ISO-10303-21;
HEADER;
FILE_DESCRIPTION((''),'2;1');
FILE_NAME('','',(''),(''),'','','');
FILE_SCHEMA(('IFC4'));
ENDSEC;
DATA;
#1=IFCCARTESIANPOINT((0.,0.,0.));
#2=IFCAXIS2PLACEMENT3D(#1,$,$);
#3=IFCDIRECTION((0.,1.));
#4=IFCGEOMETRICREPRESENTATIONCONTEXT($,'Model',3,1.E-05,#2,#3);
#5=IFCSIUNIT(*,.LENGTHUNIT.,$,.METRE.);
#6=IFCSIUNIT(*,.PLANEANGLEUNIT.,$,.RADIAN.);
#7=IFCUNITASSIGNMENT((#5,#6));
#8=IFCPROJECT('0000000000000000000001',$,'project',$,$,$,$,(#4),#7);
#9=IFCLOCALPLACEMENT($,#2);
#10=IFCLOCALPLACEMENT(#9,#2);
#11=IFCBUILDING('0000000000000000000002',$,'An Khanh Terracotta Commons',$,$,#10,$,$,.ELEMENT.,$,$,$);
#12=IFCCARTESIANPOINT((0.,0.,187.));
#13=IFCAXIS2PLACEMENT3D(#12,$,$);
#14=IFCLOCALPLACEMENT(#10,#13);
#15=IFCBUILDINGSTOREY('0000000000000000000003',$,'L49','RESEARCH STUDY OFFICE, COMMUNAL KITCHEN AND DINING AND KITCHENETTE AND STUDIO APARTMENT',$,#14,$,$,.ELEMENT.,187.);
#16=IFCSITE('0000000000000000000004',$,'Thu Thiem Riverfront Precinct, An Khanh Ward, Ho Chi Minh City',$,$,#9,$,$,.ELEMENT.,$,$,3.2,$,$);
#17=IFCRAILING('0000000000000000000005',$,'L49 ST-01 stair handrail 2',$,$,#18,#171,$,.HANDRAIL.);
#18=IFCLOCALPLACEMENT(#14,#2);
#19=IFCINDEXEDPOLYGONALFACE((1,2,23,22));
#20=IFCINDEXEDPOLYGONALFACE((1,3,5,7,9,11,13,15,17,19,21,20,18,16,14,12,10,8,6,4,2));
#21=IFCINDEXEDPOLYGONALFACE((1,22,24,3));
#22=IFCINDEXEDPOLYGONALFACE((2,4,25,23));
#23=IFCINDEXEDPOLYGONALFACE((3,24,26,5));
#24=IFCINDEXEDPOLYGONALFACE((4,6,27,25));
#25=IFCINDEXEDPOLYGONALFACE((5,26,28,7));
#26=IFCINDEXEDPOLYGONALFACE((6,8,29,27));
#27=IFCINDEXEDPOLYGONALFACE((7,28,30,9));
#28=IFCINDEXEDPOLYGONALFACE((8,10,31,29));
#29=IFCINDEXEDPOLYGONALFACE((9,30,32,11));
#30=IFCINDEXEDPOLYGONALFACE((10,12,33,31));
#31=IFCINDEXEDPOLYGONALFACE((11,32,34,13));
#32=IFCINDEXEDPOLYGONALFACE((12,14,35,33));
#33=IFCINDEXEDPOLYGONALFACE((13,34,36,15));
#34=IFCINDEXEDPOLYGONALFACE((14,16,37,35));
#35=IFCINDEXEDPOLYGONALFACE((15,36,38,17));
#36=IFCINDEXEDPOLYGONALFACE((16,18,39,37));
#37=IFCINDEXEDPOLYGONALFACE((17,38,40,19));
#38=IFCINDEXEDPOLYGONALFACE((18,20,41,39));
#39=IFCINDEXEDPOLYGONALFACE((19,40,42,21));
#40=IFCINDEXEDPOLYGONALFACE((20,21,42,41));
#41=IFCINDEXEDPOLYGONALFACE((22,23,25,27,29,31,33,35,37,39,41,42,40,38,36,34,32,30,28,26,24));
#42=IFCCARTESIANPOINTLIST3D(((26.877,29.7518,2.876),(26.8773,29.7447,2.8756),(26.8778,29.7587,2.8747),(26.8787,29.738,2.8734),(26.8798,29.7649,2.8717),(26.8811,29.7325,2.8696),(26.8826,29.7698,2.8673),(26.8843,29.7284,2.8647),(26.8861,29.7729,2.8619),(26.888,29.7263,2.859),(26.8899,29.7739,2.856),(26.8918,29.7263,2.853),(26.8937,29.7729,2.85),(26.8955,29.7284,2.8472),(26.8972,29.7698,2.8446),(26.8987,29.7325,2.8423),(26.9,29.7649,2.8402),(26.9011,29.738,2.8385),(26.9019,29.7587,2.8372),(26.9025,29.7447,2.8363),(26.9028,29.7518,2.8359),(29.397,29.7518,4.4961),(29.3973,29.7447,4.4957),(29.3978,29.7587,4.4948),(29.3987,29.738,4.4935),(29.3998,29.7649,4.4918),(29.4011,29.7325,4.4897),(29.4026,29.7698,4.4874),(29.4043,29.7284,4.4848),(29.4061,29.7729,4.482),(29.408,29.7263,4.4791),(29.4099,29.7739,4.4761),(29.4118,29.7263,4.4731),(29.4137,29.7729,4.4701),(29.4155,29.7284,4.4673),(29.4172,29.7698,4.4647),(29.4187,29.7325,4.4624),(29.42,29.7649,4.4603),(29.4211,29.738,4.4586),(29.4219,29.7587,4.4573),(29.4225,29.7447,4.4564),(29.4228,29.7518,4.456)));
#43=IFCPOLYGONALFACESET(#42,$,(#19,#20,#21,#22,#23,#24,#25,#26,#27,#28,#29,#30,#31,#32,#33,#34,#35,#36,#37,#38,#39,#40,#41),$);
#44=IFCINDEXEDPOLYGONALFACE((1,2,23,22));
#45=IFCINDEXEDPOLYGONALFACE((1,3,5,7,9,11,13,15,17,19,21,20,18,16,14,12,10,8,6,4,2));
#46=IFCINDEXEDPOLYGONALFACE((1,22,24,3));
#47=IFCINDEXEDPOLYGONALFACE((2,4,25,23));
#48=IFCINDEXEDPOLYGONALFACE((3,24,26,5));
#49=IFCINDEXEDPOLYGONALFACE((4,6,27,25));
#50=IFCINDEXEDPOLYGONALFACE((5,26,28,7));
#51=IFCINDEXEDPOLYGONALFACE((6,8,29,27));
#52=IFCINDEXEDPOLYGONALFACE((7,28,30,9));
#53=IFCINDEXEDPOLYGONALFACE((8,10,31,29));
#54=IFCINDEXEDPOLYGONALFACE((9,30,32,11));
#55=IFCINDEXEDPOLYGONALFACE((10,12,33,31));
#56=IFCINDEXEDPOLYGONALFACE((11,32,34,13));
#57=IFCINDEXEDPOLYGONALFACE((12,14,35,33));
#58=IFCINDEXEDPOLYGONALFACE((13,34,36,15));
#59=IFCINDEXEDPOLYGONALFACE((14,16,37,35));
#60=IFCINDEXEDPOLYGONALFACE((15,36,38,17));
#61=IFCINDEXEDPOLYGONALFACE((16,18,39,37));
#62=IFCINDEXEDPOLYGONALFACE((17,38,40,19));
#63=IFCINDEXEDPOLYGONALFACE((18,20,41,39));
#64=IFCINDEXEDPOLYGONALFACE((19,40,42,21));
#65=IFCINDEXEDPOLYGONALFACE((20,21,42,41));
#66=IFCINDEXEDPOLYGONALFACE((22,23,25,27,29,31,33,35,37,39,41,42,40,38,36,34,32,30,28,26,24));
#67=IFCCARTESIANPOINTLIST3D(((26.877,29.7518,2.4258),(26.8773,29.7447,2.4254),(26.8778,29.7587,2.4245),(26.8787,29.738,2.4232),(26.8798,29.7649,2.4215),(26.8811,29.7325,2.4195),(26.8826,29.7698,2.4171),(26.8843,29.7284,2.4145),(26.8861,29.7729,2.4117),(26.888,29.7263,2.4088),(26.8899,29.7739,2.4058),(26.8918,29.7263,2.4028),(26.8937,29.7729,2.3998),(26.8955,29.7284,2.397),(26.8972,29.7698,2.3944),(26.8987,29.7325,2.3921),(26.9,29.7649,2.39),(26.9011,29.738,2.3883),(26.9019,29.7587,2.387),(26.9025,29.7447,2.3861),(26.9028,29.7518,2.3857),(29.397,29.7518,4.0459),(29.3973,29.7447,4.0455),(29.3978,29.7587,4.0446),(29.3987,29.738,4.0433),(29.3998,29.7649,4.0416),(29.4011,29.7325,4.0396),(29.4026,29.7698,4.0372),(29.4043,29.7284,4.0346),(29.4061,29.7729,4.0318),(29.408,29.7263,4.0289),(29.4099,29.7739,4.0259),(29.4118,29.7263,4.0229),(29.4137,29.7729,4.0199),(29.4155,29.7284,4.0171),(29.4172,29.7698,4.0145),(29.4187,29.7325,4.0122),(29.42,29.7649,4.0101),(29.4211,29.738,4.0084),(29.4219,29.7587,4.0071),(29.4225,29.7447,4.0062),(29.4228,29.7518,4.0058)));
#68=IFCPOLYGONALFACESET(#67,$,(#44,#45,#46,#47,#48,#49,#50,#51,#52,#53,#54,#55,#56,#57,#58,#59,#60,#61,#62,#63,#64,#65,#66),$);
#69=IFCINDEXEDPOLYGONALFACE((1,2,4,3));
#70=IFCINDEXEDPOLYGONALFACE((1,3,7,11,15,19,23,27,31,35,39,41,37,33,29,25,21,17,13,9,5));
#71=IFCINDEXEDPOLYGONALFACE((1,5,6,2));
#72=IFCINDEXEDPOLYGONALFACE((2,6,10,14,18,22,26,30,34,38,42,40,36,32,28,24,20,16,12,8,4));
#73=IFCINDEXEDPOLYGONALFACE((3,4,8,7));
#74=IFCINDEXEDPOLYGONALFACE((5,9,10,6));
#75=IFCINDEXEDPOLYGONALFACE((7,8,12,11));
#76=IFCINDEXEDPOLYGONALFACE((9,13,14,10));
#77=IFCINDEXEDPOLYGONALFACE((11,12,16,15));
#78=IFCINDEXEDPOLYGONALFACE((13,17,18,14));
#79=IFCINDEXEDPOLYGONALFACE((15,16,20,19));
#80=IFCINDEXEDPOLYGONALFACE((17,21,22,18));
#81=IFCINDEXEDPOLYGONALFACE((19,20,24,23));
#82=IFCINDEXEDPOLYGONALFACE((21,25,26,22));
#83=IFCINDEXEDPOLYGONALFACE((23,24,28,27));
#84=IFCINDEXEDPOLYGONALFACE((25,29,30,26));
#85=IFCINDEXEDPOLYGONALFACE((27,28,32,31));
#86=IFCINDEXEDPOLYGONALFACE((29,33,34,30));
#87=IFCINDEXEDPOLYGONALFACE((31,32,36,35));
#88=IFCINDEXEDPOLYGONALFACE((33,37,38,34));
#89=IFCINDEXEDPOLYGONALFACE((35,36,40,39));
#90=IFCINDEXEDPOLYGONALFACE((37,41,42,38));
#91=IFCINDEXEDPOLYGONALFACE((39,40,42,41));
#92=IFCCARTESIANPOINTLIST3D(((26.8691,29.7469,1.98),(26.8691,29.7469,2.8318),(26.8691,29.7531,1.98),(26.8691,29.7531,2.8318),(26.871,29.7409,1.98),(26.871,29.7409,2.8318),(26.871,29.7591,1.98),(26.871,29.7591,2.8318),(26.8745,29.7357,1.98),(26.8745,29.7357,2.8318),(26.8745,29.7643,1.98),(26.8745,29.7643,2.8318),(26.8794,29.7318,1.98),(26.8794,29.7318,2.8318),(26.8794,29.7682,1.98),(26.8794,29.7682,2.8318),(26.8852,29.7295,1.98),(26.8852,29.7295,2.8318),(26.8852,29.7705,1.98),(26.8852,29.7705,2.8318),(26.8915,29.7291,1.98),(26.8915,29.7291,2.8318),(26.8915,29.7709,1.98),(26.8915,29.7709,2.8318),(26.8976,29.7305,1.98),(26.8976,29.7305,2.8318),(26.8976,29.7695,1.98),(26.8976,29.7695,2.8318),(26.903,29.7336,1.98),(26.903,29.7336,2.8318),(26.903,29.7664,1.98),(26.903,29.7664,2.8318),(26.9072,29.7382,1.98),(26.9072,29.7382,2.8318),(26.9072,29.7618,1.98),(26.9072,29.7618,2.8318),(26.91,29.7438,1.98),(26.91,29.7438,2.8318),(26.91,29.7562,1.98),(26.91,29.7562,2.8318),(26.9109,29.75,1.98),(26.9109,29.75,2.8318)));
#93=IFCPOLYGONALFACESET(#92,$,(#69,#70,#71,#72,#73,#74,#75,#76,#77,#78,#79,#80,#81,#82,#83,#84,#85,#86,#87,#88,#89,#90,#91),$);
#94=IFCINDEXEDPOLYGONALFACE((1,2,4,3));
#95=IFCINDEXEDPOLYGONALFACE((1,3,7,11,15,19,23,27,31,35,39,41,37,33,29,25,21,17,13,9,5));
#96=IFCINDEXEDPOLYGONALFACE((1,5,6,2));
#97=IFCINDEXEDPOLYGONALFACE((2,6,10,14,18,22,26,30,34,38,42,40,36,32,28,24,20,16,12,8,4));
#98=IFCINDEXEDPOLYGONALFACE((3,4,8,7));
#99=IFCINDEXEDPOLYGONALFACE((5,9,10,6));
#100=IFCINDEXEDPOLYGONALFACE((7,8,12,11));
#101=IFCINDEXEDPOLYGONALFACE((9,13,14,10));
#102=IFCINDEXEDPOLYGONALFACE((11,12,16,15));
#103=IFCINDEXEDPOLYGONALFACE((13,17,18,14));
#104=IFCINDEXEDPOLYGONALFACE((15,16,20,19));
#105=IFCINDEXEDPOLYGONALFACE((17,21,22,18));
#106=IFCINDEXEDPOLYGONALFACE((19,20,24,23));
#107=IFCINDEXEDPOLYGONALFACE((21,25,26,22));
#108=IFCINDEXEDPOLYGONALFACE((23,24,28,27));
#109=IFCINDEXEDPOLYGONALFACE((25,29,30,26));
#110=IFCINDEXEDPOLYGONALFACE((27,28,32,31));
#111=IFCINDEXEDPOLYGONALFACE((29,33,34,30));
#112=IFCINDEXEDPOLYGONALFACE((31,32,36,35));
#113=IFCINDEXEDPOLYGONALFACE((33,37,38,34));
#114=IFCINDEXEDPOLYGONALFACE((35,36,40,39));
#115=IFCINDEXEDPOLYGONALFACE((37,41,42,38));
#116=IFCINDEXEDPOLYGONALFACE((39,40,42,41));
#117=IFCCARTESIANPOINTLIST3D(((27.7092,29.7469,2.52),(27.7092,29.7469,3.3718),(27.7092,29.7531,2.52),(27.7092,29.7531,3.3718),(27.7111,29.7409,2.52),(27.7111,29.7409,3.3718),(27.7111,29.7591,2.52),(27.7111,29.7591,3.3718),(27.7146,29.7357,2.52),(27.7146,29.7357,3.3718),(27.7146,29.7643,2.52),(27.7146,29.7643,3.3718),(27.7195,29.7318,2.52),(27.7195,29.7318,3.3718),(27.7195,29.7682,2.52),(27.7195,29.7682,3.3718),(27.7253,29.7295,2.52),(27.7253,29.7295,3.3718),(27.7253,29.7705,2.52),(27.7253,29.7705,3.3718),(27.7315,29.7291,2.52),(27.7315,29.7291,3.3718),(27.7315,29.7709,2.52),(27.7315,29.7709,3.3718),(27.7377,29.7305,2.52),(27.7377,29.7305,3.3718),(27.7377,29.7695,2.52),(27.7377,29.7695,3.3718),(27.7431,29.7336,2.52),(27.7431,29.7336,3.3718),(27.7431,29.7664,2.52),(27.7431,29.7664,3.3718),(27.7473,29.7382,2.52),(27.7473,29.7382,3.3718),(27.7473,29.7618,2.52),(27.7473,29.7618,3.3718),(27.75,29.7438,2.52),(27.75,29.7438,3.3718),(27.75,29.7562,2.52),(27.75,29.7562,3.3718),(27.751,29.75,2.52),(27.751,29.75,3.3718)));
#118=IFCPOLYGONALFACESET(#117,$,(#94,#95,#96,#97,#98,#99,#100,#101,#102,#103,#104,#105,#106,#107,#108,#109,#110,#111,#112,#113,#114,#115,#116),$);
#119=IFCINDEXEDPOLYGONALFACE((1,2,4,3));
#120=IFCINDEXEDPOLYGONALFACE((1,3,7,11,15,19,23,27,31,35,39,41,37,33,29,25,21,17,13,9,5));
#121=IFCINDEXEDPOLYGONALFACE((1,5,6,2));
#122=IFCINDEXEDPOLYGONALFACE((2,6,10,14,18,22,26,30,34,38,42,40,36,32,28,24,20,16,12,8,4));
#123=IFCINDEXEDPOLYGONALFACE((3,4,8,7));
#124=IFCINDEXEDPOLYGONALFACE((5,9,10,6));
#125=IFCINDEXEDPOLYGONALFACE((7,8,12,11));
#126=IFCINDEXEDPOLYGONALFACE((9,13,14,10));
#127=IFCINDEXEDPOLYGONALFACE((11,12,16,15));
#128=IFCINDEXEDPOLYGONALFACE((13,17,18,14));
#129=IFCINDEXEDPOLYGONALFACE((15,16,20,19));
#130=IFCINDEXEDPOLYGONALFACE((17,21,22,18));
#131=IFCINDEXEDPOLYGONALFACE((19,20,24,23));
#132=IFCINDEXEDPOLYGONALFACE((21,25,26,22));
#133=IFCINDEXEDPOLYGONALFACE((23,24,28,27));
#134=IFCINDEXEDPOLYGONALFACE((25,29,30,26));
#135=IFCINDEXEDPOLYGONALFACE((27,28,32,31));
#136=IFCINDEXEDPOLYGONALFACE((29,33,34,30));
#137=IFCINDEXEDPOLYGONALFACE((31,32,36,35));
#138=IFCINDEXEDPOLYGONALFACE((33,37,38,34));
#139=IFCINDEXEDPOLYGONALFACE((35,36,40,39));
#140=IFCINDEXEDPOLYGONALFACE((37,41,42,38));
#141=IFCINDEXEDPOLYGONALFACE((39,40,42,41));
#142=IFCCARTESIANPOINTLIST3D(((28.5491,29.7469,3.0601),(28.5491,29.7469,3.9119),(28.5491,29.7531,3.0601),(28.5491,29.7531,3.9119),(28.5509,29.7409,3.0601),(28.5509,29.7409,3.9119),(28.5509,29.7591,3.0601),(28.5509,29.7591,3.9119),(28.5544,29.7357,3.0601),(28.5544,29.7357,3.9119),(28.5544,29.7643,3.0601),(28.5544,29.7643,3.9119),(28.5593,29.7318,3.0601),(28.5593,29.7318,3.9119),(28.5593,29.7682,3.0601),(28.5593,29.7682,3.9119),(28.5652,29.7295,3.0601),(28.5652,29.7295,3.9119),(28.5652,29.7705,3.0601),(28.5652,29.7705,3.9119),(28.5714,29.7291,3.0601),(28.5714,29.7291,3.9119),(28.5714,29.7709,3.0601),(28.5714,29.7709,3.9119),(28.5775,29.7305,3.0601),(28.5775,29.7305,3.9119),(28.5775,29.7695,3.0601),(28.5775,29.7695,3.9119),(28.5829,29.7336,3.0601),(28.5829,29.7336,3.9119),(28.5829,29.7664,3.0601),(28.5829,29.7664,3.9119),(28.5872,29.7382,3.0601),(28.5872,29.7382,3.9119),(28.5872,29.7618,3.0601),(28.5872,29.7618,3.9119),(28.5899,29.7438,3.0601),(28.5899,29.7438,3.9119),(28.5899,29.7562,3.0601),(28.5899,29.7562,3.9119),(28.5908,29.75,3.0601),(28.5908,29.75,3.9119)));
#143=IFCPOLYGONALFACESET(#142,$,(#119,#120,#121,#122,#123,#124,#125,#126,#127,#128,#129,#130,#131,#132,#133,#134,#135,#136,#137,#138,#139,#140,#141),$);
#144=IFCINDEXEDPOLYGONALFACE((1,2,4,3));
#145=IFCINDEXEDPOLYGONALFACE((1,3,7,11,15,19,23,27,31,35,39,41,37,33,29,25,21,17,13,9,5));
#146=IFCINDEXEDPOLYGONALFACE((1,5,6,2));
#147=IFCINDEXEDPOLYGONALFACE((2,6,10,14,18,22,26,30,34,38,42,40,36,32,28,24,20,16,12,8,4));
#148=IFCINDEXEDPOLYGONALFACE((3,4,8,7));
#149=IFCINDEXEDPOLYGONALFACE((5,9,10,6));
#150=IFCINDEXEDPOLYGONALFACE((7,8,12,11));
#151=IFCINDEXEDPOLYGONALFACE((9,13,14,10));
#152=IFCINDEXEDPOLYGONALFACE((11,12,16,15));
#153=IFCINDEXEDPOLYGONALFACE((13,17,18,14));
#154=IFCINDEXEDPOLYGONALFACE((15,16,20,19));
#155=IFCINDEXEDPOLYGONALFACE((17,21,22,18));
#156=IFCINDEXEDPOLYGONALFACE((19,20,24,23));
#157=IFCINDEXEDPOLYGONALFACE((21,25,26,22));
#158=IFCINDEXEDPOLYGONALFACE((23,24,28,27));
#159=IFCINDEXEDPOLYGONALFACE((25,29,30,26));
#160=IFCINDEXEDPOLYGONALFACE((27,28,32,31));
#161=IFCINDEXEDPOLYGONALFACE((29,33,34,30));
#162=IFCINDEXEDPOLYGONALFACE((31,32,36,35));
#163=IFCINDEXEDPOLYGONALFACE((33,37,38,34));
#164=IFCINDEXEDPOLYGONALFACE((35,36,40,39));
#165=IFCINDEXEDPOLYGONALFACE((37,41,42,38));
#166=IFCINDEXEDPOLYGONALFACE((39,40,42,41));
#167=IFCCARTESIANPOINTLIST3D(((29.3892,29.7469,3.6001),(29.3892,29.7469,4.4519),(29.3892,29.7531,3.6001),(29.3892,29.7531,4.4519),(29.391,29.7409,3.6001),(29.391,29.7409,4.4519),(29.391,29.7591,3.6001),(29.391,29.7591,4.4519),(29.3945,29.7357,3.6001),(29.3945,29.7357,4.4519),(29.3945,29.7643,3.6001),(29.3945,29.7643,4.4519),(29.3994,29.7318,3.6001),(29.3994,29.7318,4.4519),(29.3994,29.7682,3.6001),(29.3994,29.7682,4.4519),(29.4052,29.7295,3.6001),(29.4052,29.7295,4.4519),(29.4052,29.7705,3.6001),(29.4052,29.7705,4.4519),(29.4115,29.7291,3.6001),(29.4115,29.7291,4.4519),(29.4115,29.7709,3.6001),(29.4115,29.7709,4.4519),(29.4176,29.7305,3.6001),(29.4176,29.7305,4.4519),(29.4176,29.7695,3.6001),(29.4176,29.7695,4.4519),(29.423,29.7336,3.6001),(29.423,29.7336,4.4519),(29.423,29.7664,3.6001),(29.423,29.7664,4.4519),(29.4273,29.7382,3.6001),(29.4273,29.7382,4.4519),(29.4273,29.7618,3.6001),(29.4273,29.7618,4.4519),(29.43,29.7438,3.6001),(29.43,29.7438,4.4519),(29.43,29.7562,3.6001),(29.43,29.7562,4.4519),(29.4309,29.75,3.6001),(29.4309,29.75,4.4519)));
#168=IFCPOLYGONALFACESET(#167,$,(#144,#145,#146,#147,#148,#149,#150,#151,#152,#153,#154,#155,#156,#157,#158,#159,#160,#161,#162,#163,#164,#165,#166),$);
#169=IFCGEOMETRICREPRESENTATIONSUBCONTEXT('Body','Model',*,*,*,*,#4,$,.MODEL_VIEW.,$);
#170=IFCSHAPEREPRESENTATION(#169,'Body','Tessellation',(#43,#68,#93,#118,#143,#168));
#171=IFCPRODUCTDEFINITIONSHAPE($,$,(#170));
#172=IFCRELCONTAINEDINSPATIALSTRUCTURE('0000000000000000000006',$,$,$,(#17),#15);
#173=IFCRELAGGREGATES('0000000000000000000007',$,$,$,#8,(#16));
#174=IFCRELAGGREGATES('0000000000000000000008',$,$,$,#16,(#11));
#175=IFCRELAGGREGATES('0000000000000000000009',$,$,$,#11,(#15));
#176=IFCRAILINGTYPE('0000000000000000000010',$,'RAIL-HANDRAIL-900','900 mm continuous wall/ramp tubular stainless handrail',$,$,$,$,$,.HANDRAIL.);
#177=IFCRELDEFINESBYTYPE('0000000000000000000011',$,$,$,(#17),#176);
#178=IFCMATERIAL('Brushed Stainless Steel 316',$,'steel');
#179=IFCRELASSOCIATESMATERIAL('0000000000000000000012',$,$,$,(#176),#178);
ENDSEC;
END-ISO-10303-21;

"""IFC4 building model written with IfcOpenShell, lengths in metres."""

from ifc_helpers import new_model, si_unit, direction, frame, origin, origin_2d, place, context, subcontext, project, spatial, circle, extrude, material, type_object, element, save


model = new_model("IFC4")

# Units and contexts
model_context = context("Model", 3, precision=1e-05, world=origin(), true_north=direction((0.0, 1.0)))
body_context = subcontext(model_context, "Body", "Model", "MODEL_VIEW")
ifc_project = project(units=[si_unit("LENGTHUNIT", "METRE"), si_unit("PLANEANGLEUNIT", "RADIAN")], contexts=[model_context])

# Site, building, storey
site_placement = place(None, origin())
site = spatial("IfcSite", under=ifc_project, at=site_placement, Name="Thu Thiem Riverfront Precinct, An Khanh Ward, Ho Chi Minh City", CompositionType="ELEMENT", RefElevation=3.2)
building_placement = place(site_placement, origin())
building = spatial("IfcBuilding", under=site, at=building_placement, Name="An Khanh Terracotta Commons", CompositionType="ELEMENT")
storey_placement = place(building_placement, frame((0.0, 0.0, 187.0)))
storey = spatial("IfcBuildingStorey", under=building, at=storey_placement, Name="L49", Description="RESEARCH STUDY OFFICE, COMMUNAL KITCHEN AND DINING AND KITCHENETTE AND STUDIO APARTMENT", CompositionType="ELEMENT", Elevation=187.0)

# Railing
ifc_material_1 = material(Name="Brushed Stainless Steel 316", Category="steel")
railing_type_1 = type_object("IfcRailingType", Name="RAIL-HANDRAIL-900", Description="900 mm continuous wall/ramp tubular stainless handrail", PredefinedType="HANDRAIL", material=ifc_material_1)
railing_1_placement = place(storey_placement, frame((26.8899, 29.75, 1.98)))
element("IfcRailing", 1, at=railing_1_placement, inside=storey, type_object=railing_type_1, Name="L49 ST-01 stair handrail 2", PredefinedType="HANDRAIL", context=body_context, shape_type="SweptSolid", body=[
    extrude(circle(Radius=0.0239, at=origin_2d()), frame((0.0, 0.0, 0.876), z_axis=(0.841163, 0.0, 0.540782), x_axis=(0.0, 1.0, 0.0)), (0.0, 0.0, 1.0), 2.9958),
    extrude(circle(Radius=0.0239, at=origin_2d()), frame((0.0, 0.0, 0.4258), z_axis=(0.841163, 0.0, 0.540782), x_axis=(0.0, 1.0, 0.0)), (0.0, 0.0, 1.0), 2.9958),
    extrude(circle(Radius=0.021, at=origin_2d()), origin(), (0.0, 0.0, 1.0), 0.8518),
    extrude(circle(Radius=0.021, at=origin_2d()), frame((0.8401, 0.0, 0.54)), (0.0, 0.0, 1.0), 0.8518),
    extrude(circle(Radius=0.021, at=origin_2d()), frame((1.6799, 0.0, 1.0801)), (0.0, 0.0, 1.0), 0.8518),
    extrude(circle(Radius=0.021, at=origin_2d()), frame((2.52, 0.0, 1.6201)), (0.0, 0.0, 1.0), 0.8518),
])

save(model, "model.ifc")
